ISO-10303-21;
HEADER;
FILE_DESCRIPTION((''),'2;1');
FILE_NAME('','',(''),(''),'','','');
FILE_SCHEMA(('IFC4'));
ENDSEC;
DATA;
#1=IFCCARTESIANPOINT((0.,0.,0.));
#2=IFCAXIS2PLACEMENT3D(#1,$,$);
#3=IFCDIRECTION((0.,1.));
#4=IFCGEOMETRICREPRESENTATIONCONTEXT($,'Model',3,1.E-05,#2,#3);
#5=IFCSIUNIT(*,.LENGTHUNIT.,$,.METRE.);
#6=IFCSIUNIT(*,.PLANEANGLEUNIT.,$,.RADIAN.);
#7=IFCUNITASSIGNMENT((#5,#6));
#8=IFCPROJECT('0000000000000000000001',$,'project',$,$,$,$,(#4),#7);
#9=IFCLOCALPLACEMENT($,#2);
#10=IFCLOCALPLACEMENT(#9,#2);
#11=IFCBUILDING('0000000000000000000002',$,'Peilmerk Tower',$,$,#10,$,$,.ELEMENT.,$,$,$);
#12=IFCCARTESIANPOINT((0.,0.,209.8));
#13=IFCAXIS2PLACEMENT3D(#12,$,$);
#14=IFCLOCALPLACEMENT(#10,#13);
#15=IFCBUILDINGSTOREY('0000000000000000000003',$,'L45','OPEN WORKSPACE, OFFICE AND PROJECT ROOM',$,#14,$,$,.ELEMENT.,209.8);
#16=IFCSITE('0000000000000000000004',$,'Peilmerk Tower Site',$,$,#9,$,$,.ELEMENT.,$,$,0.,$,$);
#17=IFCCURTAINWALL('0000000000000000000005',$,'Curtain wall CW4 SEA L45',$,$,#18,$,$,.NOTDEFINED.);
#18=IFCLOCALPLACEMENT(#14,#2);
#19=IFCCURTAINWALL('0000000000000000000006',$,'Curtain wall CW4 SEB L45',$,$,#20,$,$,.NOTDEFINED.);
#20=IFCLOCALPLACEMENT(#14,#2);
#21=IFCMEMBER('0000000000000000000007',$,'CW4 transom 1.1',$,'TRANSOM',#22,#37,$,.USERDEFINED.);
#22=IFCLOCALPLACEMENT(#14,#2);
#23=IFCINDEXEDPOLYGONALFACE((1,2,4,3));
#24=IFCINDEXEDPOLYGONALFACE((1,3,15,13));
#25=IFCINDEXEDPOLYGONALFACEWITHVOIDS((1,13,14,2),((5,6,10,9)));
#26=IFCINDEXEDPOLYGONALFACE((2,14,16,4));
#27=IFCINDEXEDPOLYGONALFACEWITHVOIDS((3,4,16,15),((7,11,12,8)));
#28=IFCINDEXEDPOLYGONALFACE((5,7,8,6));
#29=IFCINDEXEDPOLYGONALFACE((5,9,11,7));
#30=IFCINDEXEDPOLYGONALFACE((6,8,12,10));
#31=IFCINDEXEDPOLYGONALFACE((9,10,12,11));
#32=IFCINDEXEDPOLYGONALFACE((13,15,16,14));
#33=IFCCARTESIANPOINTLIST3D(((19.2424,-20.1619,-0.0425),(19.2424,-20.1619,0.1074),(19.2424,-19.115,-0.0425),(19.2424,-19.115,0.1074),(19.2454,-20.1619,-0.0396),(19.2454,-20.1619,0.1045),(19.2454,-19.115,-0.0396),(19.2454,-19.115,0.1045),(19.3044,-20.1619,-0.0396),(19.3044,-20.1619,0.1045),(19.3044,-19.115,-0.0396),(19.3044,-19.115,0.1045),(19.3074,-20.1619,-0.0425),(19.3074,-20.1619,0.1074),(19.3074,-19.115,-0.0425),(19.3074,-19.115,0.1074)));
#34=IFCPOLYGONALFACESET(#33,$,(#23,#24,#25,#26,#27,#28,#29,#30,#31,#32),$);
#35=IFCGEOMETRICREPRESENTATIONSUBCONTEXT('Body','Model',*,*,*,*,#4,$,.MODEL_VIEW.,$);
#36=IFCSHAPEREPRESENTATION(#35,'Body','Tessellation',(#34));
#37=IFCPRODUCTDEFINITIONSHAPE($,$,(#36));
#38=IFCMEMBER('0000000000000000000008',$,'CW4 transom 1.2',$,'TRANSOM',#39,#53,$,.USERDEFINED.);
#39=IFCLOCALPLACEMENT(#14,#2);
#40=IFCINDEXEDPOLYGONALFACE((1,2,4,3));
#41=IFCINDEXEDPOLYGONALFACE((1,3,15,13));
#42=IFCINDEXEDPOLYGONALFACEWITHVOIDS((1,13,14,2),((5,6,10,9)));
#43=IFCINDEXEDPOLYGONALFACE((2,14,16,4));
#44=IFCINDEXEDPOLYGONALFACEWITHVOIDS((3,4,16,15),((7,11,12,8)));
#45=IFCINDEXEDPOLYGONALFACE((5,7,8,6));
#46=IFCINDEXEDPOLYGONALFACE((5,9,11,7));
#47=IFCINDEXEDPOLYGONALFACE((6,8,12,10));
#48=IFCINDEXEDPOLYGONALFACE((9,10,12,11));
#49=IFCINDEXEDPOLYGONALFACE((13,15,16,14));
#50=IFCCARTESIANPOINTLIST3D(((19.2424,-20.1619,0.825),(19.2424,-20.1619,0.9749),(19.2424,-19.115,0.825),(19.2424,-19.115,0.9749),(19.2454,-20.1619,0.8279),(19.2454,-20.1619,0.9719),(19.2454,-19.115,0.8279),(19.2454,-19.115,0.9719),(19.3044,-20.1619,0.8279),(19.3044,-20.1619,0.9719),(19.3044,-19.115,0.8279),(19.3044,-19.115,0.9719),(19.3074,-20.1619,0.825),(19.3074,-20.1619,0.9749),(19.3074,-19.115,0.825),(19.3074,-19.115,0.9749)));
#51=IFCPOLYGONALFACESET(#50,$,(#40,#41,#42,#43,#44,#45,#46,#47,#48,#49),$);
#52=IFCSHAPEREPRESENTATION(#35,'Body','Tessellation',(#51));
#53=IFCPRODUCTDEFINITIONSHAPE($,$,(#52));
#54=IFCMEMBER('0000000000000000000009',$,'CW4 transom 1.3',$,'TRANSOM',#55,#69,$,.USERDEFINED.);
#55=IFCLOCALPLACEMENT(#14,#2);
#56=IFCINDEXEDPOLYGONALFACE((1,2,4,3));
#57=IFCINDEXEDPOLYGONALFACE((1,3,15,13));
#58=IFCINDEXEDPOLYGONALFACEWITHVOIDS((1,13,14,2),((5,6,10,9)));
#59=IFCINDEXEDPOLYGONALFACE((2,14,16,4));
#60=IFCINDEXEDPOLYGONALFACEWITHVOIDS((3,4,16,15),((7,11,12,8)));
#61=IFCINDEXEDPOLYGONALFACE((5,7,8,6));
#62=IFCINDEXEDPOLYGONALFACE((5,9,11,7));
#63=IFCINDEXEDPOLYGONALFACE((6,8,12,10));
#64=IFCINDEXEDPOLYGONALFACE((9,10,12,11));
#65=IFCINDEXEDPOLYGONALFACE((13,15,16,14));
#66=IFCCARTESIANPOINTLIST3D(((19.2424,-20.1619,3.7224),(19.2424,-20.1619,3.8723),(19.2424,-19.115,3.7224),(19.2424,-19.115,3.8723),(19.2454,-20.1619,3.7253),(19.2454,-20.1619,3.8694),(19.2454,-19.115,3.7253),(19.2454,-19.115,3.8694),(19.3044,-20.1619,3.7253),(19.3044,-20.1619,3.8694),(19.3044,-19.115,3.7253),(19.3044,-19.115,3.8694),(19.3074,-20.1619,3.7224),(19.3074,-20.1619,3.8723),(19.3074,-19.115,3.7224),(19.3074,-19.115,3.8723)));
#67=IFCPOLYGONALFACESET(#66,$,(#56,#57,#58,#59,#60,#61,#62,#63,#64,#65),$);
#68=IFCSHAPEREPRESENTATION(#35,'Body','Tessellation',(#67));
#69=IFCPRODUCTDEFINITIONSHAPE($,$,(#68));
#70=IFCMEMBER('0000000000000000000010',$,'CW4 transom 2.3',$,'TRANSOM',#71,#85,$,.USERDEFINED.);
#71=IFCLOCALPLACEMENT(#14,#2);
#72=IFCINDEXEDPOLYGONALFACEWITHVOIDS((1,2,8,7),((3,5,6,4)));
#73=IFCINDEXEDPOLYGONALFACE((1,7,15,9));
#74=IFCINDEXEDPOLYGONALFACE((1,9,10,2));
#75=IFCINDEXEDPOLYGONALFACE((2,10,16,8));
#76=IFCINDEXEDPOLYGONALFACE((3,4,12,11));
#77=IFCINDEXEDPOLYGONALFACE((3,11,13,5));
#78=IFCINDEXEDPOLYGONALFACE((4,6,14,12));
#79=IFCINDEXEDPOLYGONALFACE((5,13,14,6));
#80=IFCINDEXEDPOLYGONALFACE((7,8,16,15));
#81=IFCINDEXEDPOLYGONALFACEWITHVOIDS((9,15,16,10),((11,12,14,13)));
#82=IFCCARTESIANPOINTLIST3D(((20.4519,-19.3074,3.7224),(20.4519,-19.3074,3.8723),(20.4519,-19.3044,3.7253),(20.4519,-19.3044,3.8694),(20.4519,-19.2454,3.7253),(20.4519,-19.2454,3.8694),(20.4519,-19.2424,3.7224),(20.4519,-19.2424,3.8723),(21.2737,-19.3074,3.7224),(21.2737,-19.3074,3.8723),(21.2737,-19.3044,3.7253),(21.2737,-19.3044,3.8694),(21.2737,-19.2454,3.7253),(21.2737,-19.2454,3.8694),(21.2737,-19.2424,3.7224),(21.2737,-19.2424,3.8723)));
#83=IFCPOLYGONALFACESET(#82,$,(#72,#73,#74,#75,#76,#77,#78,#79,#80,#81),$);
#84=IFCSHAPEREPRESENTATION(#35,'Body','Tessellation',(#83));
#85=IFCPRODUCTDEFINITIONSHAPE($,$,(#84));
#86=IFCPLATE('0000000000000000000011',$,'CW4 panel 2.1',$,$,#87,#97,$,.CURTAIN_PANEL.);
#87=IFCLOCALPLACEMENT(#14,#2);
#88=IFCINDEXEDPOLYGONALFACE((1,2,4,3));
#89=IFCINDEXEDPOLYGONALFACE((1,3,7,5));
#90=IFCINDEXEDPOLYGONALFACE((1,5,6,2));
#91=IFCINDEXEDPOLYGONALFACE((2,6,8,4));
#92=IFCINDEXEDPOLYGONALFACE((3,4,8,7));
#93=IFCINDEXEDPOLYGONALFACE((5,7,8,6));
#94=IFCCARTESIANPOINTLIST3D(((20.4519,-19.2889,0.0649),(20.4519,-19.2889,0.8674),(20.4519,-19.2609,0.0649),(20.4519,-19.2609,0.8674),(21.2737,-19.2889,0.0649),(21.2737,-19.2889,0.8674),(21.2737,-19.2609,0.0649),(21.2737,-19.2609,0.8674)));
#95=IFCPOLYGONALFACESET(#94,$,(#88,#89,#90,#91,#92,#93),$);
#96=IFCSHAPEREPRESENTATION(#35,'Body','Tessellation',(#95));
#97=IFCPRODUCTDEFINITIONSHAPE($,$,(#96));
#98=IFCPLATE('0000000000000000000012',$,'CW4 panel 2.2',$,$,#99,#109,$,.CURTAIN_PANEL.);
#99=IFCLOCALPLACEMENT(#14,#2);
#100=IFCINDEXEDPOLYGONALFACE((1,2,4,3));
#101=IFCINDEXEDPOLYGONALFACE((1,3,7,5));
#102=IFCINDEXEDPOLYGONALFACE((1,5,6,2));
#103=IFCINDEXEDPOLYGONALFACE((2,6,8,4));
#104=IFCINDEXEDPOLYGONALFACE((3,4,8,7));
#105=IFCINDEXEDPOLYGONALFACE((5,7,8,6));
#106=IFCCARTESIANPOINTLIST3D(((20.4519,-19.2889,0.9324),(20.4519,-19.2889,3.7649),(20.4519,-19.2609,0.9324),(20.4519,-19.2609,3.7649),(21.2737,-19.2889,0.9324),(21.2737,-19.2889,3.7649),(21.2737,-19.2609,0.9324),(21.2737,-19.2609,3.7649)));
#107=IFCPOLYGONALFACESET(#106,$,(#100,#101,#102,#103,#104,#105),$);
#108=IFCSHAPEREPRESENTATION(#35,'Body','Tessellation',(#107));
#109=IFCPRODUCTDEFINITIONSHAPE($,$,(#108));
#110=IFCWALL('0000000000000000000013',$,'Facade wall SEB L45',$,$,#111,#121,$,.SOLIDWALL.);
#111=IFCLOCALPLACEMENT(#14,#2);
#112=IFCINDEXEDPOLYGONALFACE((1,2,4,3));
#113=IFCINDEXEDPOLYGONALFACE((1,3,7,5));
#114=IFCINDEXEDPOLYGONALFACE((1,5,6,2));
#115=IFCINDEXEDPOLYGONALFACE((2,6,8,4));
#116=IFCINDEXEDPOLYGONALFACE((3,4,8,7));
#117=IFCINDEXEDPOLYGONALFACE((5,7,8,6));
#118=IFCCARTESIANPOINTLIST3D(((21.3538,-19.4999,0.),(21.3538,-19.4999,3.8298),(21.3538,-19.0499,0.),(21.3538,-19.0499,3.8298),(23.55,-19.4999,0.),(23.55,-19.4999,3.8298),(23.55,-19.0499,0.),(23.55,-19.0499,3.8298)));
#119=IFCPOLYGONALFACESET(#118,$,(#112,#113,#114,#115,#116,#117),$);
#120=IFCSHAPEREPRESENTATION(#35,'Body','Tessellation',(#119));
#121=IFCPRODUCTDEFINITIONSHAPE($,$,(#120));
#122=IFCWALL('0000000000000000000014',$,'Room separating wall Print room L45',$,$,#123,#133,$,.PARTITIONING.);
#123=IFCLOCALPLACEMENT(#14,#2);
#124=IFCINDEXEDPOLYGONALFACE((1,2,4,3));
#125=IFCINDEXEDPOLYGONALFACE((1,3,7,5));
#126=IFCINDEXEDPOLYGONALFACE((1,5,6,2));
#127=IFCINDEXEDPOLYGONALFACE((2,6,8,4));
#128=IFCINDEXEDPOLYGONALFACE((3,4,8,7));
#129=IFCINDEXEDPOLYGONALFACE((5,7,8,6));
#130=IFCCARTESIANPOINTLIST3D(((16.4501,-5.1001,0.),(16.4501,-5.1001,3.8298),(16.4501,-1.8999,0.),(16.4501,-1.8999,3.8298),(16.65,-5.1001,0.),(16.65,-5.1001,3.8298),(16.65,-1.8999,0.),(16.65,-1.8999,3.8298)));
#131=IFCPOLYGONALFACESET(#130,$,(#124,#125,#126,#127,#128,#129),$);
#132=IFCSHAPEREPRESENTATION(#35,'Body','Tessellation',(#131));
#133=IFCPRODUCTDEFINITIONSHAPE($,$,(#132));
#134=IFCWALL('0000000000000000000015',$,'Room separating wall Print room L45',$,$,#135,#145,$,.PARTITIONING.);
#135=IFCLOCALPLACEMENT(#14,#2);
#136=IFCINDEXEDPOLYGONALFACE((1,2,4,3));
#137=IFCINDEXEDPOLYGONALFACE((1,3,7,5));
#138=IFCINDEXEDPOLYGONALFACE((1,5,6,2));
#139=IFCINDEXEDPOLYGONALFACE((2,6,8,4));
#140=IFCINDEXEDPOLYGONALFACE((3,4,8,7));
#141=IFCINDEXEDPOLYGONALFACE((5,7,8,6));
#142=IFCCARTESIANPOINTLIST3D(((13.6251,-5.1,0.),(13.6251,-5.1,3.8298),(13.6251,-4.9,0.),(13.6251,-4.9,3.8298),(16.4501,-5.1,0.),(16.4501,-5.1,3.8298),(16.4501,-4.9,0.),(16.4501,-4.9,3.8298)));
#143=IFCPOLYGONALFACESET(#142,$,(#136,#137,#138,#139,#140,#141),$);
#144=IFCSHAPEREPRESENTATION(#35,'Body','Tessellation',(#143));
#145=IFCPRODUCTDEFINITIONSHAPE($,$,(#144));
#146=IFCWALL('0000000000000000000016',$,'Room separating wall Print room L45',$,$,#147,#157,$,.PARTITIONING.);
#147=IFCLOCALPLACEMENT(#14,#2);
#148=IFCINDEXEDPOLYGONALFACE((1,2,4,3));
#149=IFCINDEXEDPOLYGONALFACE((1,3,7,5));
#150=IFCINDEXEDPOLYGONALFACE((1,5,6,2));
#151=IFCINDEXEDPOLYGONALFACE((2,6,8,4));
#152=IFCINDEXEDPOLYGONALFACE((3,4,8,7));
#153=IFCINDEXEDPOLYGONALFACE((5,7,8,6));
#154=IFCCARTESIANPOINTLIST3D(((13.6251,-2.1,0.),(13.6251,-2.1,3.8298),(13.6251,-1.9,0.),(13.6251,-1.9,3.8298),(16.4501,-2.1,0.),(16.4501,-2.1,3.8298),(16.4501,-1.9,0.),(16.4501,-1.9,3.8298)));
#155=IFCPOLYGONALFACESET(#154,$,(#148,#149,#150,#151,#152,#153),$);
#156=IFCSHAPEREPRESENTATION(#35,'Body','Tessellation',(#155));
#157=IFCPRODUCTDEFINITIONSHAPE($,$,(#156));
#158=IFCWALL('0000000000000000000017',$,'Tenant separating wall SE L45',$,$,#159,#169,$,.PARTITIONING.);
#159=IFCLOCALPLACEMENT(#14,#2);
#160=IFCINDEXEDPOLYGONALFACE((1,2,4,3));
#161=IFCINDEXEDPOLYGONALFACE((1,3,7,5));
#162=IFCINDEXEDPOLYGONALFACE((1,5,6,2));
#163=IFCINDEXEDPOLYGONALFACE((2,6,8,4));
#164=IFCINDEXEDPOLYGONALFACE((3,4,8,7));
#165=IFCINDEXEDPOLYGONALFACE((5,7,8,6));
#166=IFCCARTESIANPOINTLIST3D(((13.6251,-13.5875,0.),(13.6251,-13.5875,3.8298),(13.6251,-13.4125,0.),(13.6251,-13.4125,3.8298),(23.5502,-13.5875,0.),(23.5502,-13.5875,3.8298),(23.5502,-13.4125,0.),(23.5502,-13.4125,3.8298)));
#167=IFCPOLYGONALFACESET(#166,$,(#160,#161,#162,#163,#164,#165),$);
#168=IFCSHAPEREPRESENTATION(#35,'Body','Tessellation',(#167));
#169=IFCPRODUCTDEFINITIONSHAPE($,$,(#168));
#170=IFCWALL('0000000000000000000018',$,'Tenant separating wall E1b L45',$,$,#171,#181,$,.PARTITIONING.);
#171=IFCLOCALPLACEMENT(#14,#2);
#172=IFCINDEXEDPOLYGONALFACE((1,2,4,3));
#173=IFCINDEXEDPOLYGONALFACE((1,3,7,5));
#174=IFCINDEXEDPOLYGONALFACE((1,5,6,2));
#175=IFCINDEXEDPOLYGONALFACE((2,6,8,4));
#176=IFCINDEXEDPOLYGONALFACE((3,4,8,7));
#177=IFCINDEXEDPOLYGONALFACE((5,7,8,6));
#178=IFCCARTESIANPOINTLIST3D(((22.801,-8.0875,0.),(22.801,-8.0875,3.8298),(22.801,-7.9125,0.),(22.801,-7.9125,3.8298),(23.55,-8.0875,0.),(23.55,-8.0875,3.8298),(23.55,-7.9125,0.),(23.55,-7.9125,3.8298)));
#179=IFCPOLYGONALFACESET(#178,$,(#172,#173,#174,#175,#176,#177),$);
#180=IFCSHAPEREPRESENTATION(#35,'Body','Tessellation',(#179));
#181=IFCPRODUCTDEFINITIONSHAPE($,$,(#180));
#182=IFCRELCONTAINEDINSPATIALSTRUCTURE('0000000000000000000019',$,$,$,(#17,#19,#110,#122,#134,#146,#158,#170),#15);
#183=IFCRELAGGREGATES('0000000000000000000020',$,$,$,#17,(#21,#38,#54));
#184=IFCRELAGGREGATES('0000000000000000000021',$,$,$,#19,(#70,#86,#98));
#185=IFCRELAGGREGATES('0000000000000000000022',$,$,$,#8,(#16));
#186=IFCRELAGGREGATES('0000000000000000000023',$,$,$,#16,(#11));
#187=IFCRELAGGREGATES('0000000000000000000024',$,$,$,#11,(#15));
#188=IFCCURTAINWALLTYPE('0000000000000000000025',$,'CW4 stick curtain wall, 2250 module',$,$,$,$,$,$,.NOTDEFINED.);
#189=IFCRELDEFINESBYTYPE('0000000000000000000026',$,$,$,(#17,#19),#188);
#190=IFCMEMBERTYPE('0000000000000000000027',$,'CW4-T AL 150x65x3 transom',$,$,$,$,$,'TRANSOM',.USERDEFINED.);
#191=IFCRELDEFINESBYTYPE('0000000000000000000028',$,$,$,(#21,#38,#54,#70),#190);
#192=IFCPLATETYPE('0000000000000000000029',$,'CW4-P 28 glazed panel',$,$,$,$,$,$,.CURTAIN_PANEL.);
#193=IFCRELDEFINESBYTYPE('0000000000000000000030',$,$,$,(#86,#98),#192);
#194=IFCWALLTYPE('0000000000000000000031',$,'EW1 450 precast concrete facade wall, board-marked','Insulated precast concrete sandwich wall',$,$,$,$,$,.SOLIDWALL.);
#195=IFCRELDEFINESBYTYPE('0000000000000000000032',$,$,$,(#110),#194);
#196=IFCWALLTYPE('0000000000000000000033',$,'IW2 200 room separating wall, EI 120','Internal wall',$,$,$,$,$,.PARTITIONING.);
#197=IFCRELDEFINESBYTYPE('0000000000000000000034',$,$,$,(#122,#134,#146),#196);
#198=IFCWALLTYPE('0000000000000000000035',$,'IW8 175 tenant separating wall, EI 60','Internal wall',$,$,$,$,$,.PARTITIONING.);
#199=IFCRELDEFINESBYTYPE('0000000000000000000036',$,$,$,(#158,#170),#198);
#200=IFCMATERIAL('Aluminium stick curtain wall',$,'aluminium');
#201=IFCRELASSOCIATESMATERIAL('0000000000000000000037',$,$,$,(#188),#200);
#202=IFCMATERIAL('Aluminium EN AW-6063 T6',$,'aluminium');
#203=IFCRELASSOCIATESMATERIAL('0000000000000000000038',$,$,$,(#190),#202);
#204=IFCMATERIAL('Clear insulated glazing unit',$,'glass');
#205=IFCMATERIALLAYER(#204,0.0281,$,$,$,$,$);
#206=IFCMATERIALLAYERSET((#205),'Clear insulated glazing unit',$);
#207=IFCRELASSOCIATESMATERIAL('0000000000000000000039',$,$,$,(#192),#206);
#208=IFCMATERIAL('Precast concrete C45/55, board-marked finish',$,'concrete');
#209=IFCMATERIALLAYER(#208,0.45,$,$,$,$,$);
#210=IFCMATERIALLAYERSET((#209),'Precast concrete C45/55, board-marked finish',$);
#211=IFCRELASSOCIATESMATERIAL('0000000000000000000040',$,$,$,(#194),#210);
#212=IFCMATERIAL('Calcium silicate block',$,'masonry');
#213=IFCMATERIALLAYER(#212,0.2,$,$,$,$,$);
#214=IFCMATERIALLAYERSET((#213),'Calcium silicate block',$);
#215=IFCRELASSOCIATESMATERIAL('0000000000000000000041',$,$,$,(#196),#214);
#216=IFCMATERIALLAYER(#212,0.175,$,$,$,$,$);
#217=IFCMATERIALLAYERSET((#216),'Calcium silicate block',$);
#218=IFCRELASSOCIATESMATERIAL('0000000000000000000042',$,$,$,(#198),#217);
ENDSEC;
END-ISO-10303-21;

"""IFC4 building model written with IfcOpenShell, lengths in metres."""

from ifc_helpers import new_model, si_unit, direction, frame, frame_2d, origin, origin_2d, place, context, subcontext, project, spatial, rectangle, hollow_rectangle, extrude, material, layer, layer_set, material_profile, profile_set, type_object, element, aggregate, save


model = new_model("IFC4")

# Units and contexts
model_context = context("Model", 3, precision=1e-05, world=origin(), true_north=direction((0.0, 1.0)))
body_context = subcontext(model_context, "Body", "Model", "MODEL_VIEW")
ifc_project = project(units=[si_unit("LENGTHUNIT", "METRE"), si_unit("PLANEANGLEUNIT", "RADIAN")], contexts=[model_context])

# Site, building, storey
site_placement = place(None, origin())
site = spatial("IfcSite", under=ifc_project, at=site_placement, Name="Peilmerk Tower Site", CompositionType="ELEMENT", RefElevation=0.0)
building_placement = place(site_placement, origin())
building = spatial("IfcBuilding", under=site, at=building_placement, Name="Peilmerk Tower", CompositionType="ELEMENT")
storey_placement = place(building_placement, frame((0.0, 0.0, 209.8)))
storey = spatial("IfcBuildingStorey", under=building, at=storey_placement, Name="L45", Description="OPEN WORKSPACE, OFFICE AND PROJECT ROOM", CompositionType="ELEMENT", Elevation=209.8)

# Curtain walls
ifc_material_1 = material(Name="Aluminium stick curtain wall", Category="aluminium")
curtain_wall_type = type_object("IfcCurtainWallType", Name="CW4 stick curtain wall, 2250 module", PredefinedType="NOTDEFINED", material=ifc_material_1)
curtain_wall_1_placement = place(storey_placement, origin())
curtain_wall_1 = element("IfcCurtainWall", 1, at=curtain_wall_1_placement, inside=storey, type_object=curtain_wall_type, Name="Curtain wall CW4 SEA L45", PredefinedType="NOTDEFINED")
ifc_material_2 = material(Name="Aluminium EN AW-6063 T6", Category="aluminium")
curtain_wall_2_placement = place(storey_placement, origin())
curtain_wall_2 = element("IfcCurtainWall", 2, at=curtain_wall_2_placement, inside=storey, type_object=curtain_wall_type, Name="Curtain wall CW4 SEB L45", PredefinedType="NOTDEFINED")

# Members
ifc_material_profile_1 = material_profile(ifc_material_2, hollow_rectangle(XDim=0.0649, YDim=0.1499, WallThickness=0.0029, at=origin_2d()), Name="AL 150x65x3")
ifc_profile_set_1 = profile_set([ifc_material_profile_1], Name="Aluminium EN AW-6063 T6")
member_type_1 = type_object("IfcMemberType", Name="CW4-T AL 150x65x3 transom", ElementType="TRANSOM", PredefinedType="USERDEFINED", material=ifc_profile_set_1)
member_1_placement = place(storey_placement, frame((19.2749, -19.115, 0.0325), z_axis=(0.0, -1.0, 0.0), x_axis=(1.0, 0.0, 0.0)))
member_1 = element("IfcMember", 3, at=member_1_placement, type_object=member_type_1, Name="CW4 transom 1.1", ObjectType="TRANSOM", PredefinedType="USERDEFINED", context=body_context, shape_type="SweptSolid", body=[
    extrude(hollow_rectangle(XDim=0.0649, YDim=0.1499, WallThickness=0.0029, at=origin_2d()), origin(), (0.0, 0.0, 1.0), 1.0469),
])
member_2_placement = place(storey_placement, frame((19.2749, -19.115, 0.8999), z_axis=(0.0, -1.0, 0.0), x_axis=(1.0, 0.0, 0.0)))
member_2 = element("IfcMember", 4, at=member_2_placement, type_object=member_type_1, Name="CW4 transom 1.2", ObjectType="TRANSOM", PredefinedType="USERDEFINED", context=body_context, shape_type="SweptSolid", body=[
    extrude(hollow_rectangle(XDim=0.0649, YDim=0.1499, WallThickness=0.0029, at=origin_2d()), origin(), (0.0, 0.0, 1.0), 1.0469),
])
member_3_placement = place(storey_placement, frame((19.2749, -19.115, 3.7974), z_axis=(0.0, -1.0, 0.0), x_axis=(1.0, 0.0, 0.0)))
member_3 = element("IfcMember", 5, at=member_3_placement, type_object=member_type_1, Name="CW4 transom 1.3", ObjectType="TRANSOM", PredefinedType="USERDEFINED", context=body_context, shape_type="SweptSolid", body=[
    extrude(hollow_rectangle(XDim=0.0649, YDim=0.1499, WallThickness=0.0029, at=origin_2d()), origin(), (0.0, 0.0, 1.0), 1.0469),
])
aggregate(curtain_wall_1, [member_1, member_2, member_3])
member_4_placement = place(storey_placement, frame((20.4519, -19.2749, 3.7974), z_axis=(1.0, 0.0, 0.0), x_axis=(0.0, 1.0, 0.0)))
member_4 = element("IfcMember", 6, at=member_4_placement, type_object=member_type_1, Name="CW4 transom 2.3", ObjectType="TRANSOM", PredefinedType="USERDEFINED", context=body_context, shape_type="SweptSolid", body=[
    extrude(hollow_rectangle(XDim=0.0649, YDim=0.1499, WallThickness=0.0029, at=origin_2d()), origin(), (0.0, 0.0, 1.0), 0.8218),
])

# Plates
ifc_material_3 = material(Name="Clear insulated glazing unit", Category="glass")
ifc_layer_1 = layer(ifc_material_3, 0.0281)
ifc_layer_set_1 = layer_set([ifc_layer_1], Name="Clear insulated glazing unit")
plate_type = type_object("IfcPlateType", Name="CW4-P 28 glazed panel", PredefinedType="CURTAIN_PANEL", material=ifc_layer_set_1)
plate_1_placement = place(storey_placement, frame((20.8628, -19.2749, 0.0649), z_axis=(0.0, 0.0, 1.0), x_axis=(1.0, 0.0, 0.0)))
plate_1 = element("IfcPlate", 7, at=plate_1_placement, type_object=plate_type, Name="CW4 panel 2.1", PredefinedType="CURTAIN_PANEL", context=body_context, shape_type="SweptSolid", body=[
    extrude(rectangle(XDim=0.8218, YDim=0.0281, at=origin_2d()), origin(), (0.0, 0.0, 1.0), 0.8025),
])
plate_2_placement = place(storey_placement, frame((20.8628, -19.2749, 0.9324), z_axis=(0.0, 0.0, 1.0), x_axis=(1.0, 0.0, 0.0)))
plate_2 = element("IfcPlate", 8, at=plate_2_placement, type_object=plate_type, Name="CW4 panel 2.2", PredefinedType="CURTAIN_PANEL", context=body_context, shape_type="SweptSolid", body=[
    extrude(rectangle(XDim=0.8218, YDim=0.0281, at=origin_2d()), origin(), (0.0, 0.0, 1.0), 2.8325),
])
aggregate(curtain_wall_2, [member_4, plate_1, plate_2])

# Walls
ifc_material_4 = material(Name="Precast concrete C45/55, board-marked finish", Category="concrete")
ifc_layer_2 = layer(ifc_material_4, 0.45)
ifc_layer_set_2 = layer_set([ifc_layer_2], Name="Precast concrete C45/55, board-marked finish")
wall_type_1 = type_object("IfcWallType", Name="EW1 450 precast concrete facade wall, board-marked", Description="Insulated precast concrete sandwich wall", PredefinedType="SOLIDWALL", material=ifc_layer_set_2)
wall_1_placement = place(storey_placement, frame((21.3538, -19.2749, 0.0), z_axis=(0.0, 0.0, 1.0), x_axis=(1.0, 0.0, 0.0)))
element("IfcWall", 9, at=wall_1_placement, inside=storey, type_object=wall_type_1, Name="Facade wall SEB L45", PredefinedType="SOLIDWALL", context=body_context, shape_type="SweptSolid", body=[
    extrude(rectangle(XDim=2.1963, YDim=0.45, at=frame_2d((1.0981, 0.0))), origin(), (0.0, 0.0, 1.0), 3.8298),
])
ifc_material_5 = material(Name="Calcium silicate block", Category="masonry")
ifc_layer_3 = layer(ifc_material_5, 0.2)
ifc_layer_set_3 = layer_set([ifc_layer_3], Name="Calcium silicate block")
wall_type_2 = type_object("IfcWallType", Name="IW2 200 room separating wall, EI 120", Description="Internal wall", PredefinedType="PARTITIONING", material=ifc_layer_set_3)
wall_2_placement = place(storey_placement, frame((16.55, -5.1001, 0.0), z_axis=(0.0, 0.0, 1.0), x_axis=(0.0, 1.0, 0.0)))
element("IfcWall", 10, at=wall_2_placement, inside=storey, type_object=wall_type_2, Name="Room separating wall Print room L45", PredefinedType="PARTITIONING", context=body_context, shape_type="SweptSolid", body=[
    extrude(rectangle(XDim=3.2002, YDim=0.2, at=frame_2d((1.6001, 0.0))), origin(), (0.0, 0.0, 1.0), 3.8298),
])
for number, where, z_axis, x_axis, name in (
    (11, (13.625, -5.0, 0.0), (0.0, 0.0, 1.0), (1.0, 0.0, 0.0), "Room separating wall Print room L45"),
    (12, (13.625, -2.0, 0.0), (0.0, 0.0, 1.0), (1.0, 0.0, 0.0), "Room separating wall Print room L45"),
):
    element("IfcWall", number, at=place(storey_placement, frame(where, z_axis=z_axis, x_axis=x_axis)), inside=storey, type_object=wall_type_2, Name=name, PredefinedType="PARTITIONING", context=body_context, shape_type="SweptSolid", body=[
        extrude(rectangle(XDim=2.825, YDim=0.2, at=frame_2d((1.4126, 0.0))), origin(), (0.0, 0.0, 1.0), 3.8298),
    ])
ifc_layer_4 = layer(ifc_material_5, 0.175)
ifc_layer_set_4 = layer_set([ifc_layer_4], Name="Calcium silicate block")
wall_type_3 = type_object("IfcWallType", Name="IW8 175 tenant separating wall, EI 60", Description="Internal wall", PredefinedType="PARTITIONING", material=ifc_layer_set_4)
wall_3_placement = place(storey_placement, frame((23.55, -13.5, 0.0), z_axis=(0.0, 0.0, 1.0), x_axis=(-1.0, 0.0, 0.0)))
element("IfcWall", 13, at=wall_3_placement, inside=storey, type_object=wall_type_3, Name="Tenant separating wall SE L45", PredefinedType="PARTITIONING", context=body_context, shape_type="SweptSolid", body=[
    extrude(rectangle(XDim=9.925, YDim=0.175, at=frame_2d((4.9624, 0.0))), origin(), (0.0, 0.0, 1.0), 3.8298),
])
wall_4_placement = place(storey_placement, frame((22.801, -8.0, 0.0), z_axis=(0.0, 0.0, 1.0), x_axis=(1.0, 0.0, 0.0)))
element("IfcWall", 14, at=wall_4_placement, inside=storey, type_object=wall_type_3, Name="Tenant separating wall E1b L45", PredefinedType="PARTITIONING", context=body_context, shape_type="SweptSolid", body=[
    extrude(rectangle(XDim=0.749, YDim=0.175, at=frame_2d((0.3745, 0.0))), origin(), (0.0, 0.0, 1.0), 3.8298),
])

save(model, "model.ifc")
